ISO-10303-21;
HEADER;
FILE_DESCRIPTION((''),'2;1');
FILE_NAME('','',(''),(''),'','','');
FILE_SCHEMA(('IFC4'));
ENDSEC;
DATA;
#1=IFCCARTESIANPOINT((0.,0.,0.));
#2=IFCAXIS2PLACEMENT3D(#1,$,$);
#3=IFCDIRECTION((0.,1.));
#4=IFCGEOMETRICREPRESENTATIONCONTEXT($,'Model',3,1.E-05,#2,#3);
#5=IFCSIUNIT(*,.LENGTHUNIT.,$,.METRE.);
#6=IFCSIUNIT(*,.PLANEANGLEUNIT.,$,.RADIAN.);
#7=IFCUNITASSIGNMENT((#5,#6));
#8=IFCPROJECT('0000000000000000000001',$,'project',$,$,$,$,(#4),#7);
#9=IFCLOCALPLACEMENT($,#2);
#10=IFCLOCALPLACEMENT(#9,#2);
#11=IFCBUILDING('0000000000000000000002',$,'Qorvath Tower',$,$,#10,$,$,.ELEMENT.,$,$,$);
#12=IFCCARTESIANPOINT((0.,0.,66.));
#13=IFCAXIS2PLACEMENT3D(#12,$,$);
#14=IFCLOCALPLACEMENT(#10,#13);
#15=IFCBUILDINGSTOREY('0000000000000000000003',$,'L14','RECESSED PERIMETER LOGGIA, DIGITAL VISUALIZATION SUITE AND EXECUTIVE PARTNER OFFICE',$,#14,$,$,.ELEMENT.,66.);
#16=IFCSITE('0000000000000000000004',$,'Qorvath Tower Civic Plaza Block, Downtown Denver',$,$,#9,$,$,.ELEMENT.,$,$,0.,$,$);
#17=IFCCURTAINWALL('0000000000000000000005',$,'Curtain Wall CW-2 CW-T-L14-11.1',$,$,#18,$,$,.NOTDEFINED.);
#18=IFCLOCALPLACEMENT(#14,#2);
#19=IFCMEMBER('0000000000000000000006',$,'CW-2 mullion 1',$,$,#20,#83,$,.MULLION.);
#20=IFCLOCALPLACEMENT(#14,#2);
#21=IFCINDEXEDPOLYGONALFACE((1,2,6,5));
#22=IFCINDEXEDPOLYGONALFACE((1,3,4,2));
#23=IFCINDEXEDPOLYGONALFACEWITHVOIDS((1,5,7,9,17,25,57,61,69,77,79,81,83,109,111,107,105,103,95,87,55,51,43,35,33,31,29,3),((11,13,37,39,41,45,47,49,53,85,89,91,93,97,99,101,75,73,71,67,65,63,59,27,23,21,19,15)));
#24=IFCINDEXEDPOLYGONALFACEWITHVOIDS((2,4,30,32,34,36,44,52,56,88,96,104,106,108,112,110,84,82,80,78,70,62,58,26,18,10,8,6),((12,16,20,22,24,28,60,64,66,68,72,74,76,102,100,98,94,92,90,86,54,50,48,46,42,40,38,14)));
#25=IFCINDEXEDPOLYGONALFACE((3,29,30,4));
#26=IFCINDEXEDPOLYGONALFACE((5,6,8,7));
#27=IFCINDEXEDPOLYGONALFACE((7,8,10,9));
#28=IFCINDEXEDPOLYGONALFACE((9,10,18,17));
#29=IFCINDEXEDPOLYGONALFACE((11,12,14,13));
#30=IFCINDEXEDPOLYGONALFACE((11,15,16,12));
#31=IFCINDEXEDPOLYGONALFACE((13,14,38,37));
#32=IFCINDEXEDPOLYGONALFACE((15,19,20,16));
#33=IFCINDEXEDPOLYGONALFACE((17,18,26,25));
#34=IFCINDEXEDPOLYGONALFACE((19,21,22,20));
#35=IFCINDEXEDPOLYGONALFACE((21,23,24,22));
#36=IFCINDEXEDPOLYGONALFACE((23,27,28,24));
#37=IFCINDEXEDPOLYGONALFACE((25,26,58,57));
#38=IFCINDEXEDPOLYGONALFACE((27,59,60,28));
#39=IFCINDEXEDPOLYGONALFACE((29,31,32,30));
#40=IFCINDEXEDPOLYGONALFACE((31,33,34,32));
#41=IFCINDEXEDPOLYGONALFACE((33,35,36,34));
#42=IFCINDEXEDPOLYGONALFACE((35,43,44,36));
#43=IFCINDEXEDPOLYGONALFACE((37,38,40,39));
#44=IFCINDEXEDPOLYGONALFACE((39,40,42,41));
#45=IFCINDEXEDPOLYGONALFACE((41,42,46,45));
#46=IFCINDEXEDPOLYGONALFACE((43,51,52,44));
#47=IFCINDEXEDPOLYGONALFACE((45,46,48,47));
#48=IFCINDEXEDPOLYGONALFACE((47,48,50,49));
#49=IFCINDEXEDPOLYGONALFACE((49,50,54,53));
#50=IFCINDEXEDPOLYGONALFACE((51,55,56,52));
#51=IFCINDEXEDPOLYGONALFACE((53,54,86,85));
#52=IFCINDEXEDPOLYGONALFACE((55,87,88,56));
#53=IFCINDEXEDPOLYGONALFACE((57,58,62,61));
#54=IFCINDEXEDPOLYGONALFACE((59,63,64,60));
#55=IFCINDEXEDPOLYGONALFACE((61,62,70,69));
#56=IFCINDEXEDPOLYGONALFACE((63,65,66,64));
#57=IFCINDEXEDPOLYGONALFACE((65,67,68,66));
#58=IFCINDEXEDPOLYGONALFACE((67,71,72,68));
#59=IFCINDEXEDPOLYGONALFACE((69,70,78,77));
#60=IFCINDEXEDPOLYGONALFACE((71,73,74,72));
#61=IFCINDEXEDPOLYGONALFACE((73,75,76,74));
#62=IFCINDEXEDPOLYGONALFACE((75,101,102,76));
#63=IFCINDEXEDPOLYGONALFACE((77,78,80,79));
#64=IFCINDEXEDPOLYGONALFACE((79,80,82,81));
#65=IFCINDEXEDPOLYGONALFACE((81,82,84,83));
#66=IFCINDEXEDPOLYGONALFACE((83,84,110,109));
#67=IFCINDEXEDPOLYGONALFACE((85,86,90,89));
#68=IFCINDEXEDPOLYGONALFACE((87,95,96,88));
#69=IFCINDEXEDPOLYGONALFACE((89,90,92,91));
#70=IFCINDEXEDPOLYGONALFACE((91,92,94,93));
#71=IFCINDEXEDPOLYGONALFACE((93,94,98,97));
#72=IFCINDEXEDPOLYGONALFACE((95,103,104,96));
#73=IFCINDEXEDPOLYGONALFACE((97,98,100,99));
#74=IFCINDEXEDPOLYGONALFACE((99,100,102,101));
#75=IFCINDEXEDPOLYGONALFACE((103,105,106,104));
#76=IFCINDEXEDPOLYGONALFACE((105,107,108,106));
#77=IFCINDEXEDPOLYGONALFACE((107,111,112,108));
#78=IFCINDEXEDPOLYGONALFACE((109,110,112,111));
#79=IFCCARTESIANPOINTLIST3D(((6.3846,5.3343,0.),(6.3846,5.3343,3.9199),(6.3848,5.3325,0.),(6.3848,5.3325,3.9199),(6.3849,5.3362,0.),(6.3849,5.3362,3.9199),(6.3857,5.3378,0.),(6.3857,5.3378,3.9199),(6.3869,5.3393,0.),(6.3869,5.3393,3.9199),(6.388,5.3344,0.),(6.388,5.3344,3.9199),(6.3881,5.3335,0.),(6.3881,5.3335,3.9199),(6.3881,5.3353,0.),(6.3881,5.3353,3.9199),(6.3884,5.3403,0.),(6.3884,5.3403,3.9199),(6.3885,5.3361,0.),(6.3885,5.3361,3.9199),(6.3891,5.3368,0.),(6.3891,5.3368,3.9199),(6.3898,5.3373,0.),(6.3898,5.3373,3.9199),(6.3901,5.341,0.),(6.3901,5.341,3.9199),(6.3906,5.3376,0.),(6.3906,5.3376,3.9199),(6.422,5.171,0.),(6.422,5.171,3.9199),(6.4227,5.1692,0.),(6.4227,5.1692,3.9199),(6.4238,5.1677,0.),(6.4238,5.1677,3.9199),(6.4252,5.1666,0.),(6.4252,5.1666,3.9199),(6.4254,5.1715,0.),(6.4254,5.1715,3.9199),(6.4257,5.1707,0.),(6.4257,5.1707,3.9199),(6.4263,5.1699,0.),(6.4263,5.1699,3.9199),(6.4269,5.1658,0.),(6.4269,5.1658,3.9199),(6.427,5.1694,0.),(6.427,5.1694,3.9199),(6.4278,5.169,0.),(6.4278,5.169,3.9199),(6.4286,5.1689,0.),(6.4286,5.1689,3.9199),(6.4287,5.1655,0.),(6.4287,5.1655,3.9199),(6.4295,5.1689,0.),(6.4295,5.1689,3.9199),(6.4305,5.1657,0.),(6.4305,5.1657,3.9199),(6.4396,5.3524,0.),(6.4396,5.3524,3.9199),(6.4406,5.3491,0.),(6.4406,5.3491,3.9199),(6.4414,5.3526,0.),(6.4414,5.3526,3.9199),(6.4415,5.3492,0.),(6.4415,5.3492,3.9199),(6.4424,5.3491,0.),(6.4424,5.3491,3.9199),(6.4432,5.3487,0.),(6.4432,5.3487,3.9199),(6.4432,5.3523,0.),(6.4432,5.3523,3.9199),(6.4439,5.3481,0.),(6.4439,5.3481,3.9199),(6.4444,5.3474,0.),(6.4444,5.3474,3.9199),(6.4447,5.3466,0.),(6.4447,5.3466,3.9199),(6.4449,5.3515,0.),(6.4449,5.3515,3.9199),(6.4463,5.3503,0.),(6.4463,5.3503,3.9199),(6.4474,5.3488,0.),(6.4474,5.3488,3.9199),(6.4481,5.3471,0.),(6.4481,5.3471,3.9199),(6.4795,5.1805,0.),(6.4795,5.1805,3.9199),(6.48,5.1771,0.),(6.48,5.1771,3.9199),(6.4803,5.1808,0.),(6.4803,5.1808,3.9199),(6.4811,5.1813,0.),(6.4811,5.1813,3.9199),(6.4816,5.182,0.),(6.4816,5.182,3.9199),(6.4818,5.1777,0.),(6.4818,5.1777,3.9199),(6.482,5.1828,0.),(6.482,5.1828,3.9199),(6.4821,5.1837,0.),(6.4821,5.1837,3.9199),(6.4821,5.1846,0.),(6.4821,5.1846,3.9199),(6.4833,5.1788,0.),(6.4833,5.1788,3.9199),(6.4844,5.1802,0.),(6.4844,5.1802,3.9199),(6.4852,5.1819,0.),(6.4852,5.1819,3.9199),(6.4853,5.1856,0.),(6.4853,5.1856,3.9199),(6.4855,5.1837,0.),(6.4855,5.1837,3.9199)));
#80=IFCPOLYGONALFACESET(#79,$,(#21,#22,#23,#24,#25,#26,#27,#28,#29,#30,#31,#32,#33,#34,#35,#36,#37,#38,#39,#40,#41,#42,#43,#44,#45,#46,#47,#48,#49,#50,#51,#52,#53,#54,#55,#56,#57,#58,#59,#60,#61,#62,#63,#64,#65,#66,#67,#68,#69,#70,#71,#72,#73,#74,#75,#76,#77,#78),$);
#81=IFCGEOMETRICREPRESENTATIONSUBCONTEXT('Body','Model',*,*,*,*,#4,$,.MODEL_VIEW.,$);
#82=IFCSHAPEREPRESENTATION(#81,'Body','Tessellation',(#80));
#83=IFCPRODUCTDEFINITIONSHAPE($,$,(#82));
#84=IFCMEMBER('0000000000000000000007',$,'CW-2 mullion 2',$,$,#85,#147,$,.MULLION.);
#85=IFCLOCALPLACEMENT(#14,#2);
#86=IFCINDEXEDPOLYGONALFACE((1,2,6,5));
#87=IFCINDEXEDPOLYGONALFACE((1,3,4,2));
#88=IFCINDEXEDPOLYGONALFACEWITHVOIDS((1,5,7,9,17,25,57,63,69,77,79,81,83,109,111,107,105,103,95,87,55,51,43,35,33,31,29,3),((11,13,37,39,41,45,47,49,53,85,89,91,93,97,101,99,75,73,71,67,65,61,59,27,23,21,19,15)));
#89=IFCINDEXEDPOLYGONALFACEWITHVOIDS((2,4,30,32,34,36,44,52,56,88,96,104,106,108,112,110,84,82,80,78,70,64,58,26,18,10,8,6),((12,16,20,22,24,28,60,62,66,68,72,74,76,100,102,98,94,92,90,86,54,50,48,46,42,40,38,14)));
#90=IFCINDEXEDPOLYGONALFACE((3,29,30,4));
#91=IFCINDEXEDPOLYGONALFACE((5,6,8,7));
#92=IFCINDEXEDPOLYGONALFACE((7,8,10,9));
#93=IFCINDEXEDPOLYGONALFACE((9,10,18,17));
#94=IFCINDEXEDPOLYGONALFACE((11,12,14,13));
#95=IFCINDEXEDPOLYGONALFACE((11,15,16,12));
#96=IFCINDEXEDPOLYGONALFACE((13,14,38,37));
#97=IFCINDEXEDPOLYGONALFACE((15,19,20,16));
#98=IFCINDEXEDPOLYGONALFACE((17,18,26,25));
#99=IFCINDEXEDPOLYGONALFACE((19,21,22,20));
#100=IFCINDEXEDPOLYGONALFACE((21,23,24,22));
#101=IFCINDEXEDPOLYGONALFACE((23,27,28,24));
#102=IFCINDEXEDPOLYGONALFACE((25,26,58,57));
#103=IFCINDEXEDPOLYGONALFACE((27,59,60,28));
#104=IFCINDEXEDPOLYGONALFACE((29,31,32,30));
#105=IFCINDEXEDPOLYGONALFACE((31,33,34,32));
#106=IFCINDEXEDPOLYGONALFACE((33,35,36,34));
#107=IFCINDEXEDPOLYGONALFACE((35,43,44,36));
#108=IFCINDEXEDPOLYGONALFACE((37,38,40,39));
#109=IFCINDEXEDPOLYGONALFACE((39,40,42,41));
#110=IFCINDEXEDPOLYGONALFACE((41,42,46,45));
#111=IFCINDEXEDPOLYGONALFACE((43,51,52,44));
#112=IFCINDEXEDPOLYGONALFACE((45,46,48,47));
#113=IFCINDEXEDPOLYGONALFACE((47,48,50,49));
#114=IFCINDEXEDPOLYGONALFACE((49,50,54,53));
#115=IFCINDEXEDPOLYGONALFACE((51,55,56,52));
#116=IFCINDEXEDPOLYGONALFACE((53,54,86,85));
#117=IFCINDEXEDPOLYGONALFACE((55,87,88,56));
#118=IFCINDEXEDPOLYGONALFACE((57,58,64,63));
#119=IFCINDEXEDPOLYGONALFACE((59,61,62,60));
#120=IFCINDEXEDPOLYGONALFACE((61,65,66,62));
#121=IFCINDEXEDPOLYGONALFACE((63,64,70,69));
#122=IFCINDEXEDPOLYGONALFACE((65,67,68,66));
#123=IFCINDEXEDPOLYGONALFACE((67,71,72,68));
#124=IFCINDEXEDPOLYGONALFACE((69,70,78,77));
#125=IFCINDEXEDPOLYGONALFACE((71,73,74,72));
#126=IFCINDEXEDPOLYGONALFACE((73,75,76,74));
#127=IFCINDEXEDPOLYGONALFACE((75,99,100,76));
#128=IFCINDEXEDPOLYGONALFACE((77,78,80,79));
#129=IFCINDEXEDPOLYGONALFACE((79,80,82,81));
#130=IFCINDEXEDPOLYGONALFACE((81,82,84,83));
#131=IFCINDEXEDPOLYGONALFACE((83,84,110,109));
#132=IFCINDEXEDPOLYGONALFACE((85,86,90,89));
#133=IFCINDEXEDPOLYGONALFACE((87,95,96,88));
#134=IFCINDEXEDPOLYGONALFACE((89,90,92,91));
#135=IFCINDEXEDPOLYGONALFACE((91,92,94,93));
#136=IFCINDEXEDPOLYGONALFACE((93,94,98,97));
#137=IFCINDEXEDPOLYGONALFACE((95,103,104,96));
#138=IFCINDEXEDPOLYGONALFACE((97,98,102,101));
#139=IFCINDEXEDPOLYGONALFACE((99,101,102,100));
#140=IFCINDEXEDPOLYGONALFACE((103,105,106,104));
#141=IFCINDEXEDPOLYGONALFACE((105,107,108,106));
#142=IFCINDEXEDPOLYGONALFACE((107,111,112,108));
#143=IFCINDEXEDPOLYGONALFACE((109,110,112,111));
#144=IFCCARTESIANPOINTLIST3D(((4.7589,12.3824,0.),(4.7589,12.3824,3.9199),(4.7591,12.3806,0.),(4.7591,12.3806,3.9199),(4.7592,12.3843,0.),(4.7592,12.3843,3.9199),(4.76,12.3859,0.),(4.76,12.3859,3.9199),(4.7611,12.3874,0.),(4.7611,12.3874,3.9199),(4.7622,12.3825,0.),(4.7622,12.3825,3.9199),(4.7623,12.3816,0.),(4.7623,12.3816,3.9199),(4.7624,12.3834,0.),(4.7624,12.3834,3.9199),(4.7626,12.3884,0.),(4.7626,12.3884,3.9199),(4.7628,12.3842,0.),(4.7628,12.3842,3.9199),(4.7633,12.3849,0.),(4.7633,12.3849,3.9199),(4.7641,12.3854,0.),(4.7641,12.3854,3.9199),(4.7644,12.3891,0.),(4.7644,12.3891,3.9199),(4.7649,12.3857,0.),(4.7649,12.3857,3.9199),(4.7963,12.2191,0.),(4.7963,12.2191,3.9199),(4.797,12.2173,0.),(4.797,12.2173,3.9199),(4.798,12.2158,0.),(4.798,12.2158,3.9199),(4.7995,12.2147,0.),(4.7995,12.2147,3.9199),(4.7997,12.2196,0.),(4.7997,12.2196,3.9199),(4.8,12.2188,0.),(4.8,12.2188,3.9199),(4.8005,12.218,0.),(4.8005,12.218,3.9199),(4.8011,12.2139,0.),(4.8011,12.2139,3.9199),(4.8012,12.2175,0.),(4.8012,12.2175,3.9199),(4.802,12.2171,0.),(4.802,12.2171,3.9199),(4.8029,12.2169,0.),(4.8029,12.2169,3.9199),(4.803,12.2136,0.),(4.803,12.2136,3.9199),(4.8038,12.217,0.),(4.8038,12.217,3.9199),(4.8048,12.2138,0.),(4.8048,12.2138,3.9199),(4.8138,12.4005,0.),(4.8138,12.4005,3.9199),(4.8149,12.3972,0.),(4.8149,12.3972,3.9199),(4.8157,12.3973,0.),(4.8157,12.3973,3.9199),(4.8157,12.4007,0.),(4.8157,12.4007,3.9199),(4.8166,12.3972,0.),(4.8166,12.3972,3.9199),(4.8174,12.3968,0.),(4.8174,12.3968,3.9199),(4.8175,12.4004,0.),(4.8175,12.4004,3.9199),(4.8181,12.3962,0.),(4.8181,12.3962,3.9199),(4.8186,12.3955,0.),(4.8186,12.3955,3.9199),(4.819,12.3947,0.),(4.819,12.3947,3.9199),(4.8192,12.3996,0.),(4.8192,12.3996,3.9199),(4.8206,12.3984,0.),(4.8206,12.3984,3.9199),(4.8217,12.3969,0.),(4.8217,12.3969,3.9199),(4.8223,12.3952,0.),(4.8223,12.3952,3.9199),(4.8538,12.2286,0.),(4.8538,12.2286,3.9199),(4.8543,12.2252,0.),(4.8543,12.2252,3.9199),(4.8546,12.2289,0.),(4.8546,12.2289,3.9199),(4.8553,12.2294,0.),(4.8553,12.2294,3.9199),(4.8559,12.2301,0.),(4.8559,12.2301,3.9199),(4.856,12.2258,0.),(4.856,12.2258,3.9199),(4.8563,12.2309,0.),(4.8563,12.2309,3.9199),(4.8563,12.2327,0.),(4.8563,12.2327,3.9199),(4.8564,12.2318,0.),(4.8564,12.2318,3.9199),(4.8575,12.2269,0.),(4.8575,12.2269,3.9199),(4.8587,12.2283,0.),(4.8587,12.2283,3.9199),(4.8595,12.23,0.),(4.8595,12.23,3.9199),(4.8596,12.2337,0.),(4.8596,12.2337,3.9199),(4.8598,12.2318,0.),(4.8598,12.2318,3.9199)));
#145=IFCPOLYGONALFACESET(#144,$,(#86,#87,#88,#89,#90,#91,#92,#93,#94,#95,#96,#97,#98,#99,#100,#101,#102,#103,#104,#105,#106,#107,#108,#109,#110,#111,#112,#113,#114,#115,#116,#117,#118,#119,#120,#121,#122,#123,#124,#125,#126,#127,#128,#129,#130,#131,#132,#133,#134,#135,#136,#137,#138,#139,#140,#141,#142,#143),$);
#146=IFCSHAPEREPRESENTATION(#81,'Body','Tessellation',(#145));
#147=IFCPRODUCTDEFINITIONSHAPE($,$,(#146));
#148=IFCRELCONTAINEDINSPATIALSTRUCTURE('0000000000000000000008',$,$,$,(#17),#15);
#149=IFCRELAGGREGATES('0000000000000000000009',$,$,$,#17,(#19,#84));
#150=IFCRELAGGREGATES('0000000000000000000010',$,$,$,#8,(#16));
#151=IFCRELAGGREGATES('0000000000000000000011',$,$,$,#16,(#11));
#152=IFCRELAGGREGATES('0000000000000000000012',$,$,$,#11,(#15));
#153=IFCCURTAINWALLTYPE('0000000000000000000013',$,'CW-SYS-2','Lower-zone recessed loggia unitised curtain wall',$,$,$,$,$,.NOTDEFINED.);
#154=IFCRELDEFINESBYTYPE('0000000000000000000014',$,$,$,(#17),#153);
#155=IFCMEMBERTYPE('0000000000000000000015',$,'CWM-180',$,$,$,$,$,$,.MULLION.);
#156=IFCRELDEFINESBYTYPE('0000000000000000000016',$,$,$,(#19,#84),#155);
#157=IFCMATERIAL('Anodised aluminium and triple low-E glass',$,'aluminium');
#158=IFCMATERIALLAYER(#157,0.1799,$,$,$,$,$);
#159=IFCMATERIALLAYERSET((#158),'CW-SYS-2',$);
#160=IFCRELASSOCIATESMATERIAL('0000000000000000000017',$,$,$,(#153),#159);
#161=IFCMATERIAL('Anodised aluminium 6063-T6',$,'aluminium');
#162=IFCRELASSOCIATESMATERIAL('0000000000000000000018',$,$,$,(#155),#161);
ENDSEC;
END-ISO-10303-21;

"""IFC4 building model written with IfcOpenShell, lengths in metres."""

from ifc_helpers import new_model, si_unit, direction, frame, origin, origin_2d, place, context, subcontext, project, spatial, hollow_rectangle, extrude, material, layer, layer_set, material_profile, profile_set, type_object, element, aggregate, save


model = new_model("IFC4")

# Units and contexts
model_context = context("Model", 3, precision=1e-05, world=origin(), true_north=direction((0.0, 1.0)))
body_context = subcontext(model_context, "Body", "Model", "MODEL_VIEW")
ifc_project = project(units=[si_unit("LENGTHUNIT", "METRE"), si_unit("PLANEANGLEUNIT", "RADIAN")], contexts=[model_context])

# Site, building, storey
site_placement = place(None, origin())
site = spatial("IfcSite", under=ifc_project, at=site_placement, Name="Qorvath Tower Civic Plaza Block, Downtown Denver", CompositionType="ELEMENT", RefElevation=0.0)
building_placement = place(site_placement, origin())
building = spatial("IfcBuilding", under=site, at=building_placement, Name="Qorvath Tower", CompositionType="ELEMENT")
storey_placement = place(building_placement, frame((0.0, 0.0, 66.0)))
storey = spatial("IfcBuildingStorey", under=building, at=storey_placement, Name="L14", Description="RECESSED PERIMETER LOGGIA, DIGITAL VISUALIZATION SUITE AND EXECUTIVE PARTNER OFFICE", CompositionType="ELEMENT", Elevation=66.0)

# Shared definitions
ifc_material_1 = material(Name="Anodised aluminium and triple low-E glass", Category="aluminium")
ifc_layer_1 = layer(ifc_material_1, 0.1799)
ifc_layer_set_1 = layer_set([ifc_layer_1], Name="CW-SYS-2")
curtain_wall_type = type_object("IfcCurtainWallType", Name="CW-SYS-2", Description="Lower-zone recessed loggia unitised curtain wall", PredefinedType="NOTDEFINED", material=ifc_layer_set_1)
ifc_material_2 = material(Name="Anodised aluminium 6063-T6", Category="aluminium")
ifc_material_profile_1 = material_profile(ifc_material_2, hollow_rectangle(XDim=0.0649, YDim=0.1799, WallThickness=0.0034, InnerFilletRadius=0.0034, OuterFilletRadius=0.0071, at=origin_2d()), Name="CWM 180x65")
ifc_profile_set_1 = profile_set([ifc_material_profile_1], Name="Anodised aluminium 6063-T6")
member_type_1 = type_object("IfcMemberType", Name="CWM-180", PredefinedType="MULLION", material=ifc_profile_set_1)

# Curtain wall, members
curtain_wall_1_placement = place(storey_placement, origin())
curtain_wall_1 = element("IfcCurtainWall", 1, at=curtain_wall_1_placement, inside=storey, type_object=curtain_wall_type, Name="Curtain Wall CW-2 CW-T-L14-11.1", PredefinedType="NOTDEFINED")
member_1_placement = place(storey_placement, frame((6.4351, 5.259, 0.0), z_axis=(0.0, 0.0, 1.0), x_axis=(-0.974413, -0.224763, 0.0)))
member_1 = element("IfcMember", 2, at=member_1_placement, type_object=member_type_1, Name="CW-2 mullion 1", PredefinedType="MULLION", context=body_context, shape_type="SweptSolid", body=[
    extrude(hollow_rectangle(XDim=0.0649, YDim=0.1799, WallThickness=0.0034, InnerFilletRadius=0.0034, OuterFilletRadius=0.0071, at=origin_2d()), origin(), (0.0, 0.0, 1.0), 3.9199),
])
member_2_placement = place(storey_placement, frame((4.8093, 12.3071, 0.0), z_axis=(0.0, 0.0, 1.0), x_axis=(-0.974413, -0.224763, 0.0)))
member_2 = element("IfcMember", 3, at=member_2_placement, type_object=member_type_1, Name="CW-2 mullion 2", PredefinedType="MULLION", context=body_context, shape_type="SweptSolid", body=[
    extrude(hollow_rectangle(XDim=0.0649, YDim=0.1799, WallThickness=0.0034, InnerFilletRadius=0.0034, OuterFilletRadius=0.0071, at=origin_2d()), origin(), (0.0, 0.0, 1.0), 3.9199),
])

aggregate(curtain_wall_1, [member_1, member_2])

save(model, "model.ifc")
